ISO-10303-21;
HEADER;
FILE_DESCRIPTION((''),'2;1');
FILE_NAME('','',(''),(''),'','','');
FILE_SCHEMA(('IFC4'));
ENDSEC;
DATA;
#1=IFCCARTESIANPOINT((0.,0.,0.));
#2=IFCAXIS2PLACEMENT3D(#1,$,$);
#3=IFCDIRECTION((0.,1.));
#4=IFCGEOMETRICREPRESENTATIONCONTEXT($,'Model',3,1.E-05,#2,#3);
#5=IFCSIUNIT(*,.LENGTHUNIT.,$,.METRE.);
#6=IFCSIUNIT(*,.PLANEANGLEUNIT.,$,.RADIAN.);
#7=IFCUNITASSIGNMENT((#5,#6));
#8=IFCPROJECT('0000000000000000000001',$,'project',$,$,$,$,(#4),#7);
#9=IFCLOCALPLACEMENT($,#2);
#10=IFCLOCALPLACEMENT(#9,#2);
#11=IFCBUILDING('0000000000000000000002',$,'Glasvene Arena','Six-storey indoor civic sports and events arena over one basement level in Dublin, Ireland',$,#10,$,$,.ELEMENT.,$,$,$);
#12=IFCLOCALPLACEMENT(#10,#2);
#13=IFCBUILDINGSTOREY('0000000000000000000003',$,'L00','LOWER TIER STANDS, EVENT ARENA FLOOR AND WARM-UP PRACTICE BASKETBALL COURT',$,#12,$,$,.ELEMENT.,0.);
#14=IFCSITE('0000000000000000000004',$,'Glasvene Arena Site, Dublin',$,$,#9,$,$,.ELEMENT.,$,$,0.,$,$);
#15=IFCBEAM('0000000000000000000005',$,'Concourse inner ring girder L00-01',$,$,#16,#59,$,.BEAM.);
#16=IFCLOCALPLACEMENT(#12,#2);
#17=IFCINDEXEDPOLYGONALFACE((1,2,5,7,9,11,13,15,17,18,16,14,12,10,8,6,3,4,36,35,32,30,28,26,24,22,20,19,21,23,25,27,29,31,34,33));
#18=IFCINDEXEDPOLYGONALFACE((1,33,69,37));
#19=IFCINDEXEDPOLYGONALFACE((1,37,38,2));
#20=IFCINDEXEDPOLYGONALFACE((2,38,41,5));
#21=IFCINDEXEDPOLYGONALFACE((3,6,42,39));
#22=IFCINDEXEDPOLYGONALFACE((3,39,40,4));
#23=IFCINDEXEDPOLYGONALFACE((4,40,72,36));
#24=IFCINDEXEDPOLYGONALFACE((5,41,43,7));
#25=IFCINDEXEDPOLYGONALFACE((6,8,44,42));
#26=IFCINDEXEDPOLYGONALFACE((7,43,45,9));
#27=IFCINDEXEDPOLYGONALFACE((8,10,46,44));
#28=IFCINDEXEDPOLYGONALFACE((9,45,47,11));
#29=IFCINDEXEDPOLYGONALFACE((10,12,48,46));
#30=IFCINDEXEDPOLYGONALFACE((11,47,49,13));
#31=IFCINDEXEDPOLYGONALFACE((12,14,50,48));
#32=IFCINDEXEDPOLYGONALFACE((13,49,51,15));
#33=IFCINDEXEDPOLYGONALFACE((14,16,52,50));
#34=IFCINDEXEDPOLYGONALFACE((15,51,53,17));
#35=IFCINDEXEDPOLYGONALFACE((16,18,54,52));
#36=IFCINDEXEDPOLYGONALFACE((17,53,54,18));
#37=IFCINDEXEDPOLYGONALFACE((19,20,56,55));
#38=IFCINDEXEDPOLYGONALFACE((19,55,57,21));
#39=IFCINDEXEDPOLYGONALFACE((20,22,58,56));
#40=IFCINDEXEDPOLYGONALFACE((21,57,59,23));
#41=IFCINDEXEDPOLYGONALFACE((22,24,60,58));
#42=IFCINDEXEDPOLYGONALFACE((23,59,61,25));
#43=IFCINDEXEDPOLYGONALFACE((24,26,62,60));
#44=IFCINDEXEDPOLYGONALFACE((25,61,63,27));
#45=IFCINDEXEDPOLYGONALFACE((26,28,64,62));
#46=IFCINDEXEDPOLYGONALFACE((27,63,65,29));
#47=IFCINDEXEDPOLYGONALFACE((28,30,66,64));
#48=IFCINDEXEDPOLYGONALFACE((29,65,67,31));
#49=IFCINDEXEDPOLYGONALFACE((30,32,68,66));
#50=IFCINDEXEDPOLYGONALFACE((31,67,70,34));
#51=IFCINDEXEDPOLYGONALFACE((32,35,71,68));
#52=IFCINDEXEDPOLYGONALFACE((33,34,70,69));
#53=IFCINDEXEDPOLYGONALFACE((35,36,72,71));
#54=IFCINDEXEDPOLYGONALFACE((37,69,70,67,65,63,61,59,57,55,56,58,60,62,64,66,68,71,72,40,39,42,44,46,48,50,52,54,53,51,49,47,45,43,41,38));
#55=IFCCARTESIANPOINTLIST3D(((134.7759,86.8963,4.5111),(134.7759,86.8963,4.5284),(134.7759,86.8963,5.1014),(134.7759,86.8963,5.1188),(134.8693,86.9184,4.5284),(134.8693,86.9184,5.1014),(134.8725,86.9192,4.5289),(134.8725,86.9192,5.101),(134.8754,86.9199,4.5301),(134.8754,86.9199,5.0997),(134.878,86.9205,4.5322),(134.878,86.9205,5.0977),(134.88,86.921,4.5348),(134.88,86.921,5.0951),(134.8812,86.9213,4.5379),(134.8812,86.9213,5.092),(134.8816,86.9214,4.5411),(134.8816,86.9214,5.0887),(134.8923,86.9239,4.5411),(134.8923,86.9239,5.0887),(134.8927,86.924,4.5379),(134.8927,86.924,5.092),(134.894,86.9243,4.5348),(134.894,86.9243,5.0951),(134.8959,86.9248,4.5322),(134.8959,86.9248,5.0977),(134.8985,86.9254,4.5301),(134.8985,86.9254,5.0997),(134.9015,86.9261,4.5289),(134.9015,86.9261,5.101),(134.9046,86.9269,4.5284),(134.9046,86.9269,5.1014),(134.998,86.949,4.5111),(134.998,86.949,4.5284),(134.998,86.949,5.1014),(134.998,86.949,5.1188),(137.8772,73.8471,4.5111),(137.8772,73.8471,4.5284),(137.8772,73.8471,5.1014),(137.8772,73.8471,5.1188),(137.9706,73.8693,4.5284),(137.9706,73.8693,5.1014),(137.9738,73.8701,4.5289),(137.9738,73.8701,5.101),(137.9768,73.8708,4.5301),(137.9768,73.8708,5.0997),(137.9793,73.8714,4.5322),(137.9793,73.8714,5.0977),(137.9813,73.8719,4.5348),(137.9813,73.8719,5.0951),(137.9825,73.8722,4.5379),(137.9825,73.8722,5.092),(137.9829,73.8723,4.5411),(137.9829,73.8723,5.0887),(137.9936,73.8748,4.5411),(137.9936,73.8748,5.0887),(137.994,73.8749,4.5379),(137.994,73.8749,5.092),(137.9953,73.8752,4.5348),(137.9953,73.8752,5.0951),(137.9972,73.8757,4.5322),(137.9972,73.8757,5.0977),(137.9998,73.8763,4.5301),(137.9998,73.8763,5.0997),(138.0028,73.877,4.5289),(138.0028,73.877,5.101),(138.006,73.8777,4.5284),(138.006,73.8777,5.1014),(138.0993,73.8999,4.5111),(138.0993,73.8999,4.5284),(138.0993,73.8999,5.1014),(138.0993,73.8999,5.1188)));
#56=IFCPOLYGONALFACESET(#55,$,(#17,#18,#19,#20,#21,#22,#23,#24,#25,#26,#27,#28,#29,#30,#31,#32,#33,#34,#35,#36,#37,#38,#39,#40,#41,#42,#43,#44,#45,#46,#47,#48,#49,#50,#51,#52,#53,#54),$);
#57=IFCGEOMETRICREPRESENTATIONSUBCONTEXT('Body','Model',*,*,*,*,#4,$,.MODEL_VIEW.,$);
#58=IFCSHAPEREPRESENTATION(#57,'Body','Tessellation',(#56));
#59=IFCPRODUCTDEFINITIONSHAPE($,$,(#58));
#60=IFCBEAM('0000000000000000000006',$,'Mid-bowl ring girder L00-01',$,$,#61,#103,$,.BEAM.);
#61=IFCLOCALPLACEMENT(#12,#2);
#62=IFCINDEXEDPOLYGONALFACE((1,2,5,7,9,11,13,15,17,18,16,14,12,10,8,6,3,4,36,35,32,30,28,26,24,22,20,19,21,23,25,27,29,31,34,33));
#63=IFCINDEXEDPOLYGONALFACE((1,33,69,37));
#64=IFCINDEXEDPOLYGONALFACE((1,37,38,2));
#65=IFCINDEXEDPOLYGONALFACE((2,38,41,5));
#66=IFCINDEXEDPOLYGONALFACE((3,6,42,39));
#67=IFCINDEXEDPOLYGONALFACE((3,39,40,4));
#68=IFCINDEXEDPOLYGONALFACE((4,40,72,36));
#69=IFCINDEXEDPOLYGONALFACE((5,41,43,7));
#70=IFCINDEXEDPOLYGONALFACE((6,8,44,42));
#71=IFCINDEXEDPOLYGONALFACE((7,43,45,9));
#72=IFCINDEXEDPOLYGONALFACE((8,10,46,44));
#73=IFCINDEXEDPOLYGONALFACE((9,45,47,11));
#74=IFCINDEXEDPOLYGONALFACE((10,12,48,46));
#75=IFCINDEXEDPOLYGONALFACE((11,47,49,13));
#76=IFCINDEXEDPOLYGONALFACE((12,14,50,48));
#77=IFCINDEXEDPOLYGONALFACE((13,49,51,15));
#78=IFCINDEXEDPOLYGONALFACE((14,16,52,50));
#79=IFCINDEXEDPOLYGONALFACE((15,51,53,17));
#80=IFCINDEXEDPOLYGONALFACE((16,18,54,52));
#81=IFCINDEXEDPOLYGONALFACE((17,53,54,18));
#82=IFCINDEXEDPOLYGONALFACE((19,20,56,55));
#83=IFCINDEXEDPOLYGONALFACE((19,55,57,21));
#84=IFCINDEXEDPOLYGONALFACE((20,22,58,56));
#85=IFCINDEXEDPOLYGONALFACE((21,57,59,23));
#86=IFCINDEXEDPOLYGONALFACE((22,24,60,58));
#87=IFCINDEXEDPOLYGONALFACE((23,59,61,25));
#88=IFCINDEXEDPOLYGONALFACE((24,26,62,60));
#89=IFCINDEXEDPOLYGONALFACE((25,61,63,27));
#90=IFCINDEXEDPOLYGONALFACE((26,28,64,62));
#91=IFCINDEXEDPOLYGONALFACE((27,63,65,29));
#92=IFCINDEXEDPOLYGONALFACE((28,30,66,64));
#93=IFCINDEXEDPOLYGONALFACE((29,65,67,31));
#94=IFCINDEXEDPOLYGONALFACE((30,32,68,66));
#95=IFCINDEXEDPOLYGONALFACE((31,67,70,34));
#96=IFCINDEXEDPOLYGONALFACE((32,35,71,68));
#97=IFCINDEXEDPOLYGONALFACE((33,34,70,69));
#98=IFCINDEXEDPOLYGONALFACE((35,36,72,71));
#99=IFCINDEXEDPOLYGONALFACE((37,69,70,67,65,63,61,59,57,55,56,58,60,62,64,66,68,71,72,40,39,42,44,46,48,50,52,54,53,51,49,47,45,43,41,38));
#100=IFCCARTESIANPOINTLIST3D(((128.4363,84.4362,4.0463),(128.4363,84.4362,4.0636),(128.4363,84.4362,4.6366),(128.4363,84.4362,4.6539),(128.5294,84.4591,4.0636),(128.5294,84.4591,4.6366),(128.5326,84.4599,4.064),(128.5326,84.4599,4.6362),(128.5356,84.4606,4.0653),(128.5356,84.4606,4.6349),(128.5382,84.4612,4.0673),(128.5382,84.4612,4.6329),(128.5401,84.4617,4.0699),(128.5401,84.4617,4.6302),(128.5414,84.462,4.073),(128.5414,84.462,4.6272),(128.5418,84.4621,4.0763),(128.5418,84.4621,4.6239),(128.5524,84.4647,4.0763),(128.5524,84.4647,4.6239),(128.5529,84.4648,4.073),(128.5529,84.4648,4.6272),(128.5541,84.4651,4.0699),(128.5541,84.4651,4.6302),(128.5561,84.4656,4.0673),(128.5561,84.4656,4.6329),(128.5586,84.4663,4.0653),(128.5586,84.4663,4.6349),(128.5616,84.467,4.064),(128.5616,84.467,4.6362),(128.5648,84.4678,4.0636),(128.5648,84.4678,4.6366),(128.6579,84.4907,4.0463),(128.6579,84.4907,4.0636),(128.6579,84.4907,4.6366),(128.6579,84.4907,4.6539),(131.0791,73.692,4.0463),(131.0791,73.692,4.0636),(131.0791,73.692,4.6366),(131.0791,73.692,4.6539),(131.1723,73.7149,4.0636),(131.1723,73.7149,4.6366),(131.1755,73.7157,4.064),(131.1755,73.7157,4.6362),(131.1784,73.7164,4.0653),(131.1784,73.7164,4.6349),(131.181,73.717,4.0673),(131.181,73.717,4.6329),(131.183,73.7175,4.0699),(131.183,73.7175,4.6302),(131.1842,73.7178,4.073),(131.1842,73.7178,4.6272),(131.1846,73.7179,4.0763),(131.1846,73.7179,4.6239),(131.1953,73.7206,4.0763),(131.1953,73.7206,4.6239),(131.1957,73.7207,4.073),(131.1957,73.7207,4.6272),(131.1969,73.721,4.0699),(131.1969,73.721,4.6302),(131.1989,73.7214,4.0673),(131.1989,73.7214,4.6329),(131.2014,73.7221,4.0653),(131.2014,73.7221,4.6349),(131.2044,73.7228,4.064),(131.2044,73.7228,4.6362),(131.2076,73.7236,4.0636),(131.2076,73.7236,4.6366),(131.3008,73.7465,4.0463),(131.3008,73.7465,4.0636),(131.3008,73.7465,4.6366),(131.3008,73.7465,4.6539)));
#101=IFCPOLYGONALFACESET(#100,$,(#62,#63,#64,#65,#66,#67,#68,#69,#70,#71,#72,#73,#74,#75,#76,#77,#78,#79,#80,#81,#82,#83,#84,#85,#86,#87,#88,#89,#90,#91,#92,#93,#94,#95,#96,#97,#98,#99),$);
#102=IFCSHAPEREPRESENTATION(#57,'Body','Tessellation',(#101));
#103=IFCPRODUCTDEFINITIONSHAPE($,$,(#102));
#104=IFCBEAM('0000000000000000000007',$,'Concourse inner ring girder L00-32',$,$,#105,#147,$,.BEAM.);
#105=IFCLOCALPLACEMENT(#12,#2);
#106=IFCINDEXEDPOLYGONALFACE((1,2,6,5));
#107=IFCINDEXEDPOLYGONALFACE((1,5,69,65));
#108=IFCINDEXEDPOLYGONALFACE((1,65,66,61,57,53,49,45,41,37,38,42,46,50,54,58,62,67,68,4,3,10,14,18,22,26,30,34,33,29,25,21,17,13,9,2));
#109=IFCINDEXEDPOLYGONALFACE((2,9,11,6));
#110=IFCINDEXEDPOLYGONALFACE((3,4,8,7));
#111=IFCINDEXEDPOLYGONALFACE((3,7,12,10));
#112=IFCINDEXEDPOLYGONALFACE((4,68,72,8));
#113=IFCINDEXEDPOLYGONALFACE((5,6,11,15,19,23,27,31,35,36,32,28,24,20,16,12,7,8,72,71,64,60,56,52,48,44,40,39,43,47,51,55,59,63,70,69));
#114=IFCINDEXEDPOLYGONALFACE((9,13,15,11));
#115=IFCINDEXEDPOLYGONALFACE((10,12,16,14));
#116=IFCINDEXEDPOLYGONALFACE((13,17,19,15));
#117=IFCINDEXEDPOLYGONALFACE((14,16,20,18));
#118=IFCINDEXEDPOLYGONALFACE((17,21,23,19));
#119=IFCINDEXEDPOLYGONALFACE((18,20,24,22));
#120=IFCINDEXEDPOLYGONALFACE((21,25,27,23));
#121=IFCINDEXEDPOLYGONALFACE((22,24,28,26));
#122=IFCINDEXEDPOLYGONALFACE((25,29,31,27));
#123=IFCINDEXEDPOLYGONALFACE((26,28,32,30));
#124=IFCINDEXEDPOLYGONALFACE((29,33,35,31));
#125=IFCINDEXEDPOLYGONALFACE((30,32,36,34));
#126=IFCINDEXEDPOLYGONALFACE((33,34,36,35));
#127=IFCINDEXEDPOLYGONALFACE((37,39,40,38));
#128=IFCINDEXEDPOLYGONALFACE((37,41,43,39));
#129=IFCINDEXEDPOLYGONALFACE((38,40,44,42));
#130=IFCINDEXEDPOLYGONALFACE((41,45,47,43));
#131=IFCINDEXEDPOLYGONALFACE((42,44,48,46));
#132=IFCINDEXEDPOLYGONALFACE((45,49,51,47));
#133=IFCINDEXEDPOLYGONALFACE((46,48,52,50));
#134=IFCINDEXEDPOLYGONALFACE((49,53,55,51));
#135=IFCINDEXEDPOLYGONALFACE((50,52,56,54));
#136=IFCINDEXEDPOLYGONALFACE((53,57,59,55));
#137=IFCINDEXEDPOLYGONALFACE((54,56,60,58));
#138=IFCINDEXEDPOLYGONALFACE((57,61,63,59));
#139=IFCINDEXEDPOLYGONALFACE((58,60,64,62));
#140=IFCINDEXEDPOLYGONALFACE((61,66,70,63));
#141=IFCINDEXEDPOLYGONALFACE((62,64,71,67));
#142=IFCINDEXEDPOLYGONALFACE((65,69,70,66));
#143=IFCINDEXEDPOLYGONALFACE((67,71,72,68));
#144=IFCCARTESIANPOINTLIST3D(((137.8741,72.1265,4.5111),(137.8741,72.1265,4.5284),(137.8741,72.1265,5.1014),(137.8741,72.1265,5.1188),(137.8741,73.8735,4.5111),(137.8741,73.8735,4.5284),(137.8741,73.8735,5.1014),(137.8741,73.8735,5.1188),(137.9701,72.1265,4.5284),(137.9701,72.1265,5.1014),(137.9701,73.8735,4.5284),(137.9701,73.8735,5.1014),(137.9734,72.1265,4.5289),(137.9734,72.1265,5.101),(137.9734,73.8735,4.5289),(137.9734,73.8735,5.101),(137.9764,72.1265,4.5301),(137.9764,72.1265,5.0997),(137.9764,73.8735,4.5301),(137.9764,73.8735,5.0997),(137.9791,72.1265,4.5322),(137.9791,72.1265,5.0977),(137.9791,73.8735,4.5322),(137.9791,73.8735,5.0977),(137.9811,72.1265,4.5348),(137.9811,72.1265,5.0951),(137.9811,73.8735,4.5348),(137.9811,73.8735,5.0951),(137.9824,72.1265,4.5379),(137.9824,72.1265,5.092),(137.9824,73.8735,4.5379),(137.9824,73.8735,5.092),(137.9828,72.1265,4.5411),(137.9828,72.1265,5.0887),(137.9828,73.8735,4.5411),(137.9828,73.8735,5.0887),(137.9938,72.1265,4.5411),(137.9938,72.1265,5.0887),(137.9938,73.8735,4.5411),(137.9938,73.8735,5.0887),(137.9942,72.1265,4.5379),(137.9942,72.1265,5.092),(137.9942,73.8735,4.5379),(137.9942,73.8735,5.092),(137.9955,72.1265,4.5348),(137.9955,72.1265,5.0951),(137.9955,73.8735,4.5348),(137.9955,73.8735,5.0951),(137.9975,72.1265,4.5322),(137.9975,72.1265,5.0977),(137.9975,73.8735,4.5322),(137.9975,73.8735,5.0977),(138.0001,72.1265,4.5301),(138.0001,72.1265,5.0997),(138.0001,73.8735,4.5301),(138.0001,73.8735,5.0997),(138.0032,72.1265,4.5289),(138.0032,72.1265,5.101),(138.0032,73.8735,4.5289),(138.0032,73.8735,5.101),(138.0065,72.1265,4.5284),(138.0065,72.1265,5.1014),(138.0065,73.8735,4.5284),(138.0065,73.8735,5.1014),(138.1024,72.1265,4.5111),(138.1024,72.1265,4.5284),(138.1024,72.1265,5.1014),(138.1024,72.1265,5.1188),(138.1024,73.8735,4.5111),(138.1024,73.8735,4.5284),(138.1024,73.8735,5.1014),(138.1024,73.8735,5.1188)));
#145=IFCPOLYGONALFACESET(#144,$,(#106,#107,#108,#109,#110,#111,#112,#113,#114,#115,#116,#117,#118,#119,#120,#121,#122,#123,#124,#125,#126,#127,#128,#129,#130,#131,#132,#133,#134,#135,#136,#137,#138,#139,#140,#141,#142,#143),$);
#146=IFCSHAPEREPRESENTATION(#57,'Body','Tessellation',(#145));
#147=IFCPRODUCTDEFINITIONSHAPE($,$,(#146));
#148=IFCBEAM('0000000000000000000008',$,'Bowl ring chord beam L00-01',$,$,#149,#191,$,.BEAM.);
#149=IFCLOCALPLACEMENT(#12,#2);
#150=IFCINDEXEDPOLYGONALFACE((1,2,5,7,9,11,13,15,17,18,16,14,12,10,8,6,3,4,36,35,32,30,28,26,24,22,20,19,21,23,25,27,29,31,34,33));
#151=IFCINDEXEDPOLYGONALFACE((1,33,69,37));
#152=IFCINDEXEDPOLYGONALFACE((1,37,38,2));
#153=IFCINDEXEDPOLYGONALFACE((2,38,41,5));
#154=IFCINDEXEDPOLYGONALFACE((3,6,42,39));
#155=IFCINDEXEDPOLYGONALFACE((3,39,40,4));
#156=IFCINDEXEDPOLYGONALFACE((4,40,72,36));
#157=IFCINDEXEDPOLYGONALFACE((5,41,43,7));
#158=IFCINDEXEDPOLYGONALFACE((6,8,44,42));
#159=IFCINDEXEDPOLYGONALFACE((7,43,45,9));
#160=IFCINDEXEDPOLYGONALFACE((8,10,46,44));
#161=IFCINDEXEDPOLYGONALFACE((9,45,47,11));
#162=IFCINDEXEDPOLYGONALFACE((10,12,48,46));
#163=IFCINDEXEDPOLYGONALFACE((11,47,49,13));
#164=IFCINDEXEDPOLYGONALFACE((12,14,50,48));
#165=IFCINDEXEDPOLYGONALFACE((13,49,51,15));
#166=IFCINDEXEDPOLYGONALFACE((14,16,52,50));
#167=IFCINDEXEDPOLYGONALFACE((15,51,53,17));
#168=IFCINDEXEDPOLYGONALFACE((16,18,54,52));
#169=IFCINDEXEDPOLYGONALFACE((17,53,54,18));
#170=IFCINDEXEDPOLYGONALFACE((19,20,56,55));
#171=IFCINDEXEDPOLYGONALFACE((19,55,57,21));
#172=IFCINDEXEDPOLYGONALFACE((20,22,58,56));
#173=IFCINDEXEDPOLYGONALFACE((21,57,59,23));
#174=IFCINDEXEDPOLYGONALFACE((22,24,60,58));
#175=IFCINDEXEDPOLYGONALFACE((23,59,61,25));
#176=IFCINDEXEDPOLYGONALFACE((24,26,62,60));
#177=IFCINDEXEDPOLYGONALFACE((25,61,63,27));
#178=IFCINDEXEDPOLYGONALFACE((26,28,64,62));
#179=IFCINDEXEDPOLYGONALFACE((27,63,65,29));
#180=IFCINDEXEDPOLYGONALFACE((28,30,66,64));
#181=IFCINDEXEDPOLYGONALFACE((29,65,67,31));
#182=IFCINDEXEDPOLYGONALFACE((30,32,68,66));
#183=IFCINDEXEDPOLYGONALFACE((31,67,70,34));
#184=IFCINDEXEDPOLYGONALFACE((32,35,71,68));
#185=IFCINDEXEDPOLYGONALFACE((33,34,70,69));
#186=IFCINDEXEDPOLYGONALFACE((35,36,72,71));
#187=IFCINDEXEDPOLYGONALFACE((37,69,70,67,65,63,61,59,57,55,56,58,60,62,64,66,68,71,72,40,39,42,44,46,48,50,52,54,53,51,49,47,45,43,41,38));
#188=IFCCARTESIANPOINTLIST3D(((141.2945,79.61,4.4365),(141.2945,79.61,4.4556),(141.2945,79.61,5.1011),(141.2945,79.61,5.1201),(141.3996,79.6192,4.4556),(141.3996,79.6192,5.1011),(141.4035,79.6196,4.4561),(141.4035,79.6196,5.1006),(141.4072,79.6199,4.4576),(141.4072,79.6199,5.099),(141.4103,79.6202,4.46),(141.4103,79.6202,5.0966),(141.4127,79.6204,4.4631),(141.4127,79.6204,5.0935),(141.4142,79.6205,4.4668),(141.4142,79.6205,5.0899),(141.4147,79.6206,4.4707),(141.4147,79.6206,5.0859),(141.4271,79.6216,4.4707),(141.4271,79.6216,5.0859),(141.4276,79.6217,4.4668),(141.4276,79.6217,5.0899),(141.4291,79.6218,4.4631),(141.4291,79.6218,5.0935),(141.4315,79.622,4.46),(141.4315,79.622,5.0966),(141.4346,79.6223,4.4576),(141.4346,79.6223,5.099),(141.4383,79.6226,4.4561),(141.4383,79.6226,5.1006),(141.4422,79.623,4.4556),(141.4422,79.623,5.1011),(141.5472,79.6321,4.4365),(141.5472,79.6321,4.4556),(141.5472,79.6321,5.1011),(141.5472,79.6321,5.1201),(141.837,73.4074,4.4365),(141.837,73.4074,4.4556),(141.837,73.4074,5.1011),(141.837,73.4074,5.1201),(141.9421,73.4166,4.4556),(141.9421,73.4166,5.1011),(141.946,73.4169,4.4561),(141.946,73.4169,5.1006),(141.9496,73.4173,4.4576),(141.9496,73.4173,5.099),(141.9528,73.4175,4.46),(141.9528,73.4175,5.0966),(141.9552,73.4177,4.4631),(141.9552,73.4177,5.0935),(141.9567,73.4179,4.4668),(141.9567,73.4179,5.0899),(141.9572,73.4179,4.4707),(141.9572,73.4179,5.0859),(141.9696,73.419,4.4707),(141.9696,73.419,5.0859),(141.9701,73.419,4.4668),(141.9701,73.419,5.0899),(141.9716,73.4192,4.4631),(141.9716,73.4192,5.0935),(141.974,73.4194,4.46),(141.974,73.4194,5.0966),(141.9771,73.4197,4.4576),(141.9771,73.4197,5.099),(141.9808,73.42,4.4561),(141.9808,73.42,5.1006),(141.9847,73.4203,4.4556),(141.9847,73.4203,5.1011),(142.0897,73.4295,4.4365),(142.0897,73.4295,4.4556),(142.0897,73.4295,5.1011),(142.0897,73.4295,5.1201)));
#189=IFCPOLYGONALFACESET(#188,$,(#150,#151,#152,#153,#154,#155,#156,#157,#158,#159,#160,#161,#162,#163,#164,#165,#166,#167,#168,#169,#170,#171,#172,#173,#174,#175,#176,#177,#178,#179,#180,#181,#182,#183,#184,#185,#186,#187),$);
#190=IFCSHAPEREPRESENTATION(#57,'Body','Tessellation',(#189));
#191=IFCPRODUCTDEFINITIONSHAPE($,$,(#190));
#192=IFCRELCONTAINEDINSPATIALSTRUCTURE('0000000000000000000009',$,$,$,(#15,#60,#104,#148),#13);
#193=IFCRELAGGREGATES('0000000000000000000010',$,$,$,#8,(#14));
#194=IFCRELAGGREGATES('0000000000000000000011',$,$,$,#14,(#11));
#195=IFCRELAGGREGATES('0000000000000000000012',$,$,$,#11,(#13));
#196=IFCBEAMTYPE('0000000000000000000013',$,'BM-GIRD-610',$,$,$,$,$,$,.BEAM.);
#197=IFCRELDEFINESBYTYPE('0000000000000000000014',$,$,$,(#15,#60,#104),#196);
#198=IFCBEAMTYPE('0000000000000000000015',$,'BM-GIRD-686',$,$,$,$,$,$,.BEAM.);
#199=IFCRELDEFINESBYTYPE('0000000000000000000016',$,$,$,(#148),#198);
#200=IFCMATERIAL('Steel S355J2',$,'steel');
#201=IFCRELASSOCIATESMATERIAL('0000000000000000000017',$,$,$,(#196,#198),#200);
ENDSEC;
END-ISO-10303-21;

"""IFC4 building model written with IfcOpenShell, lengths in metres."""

from ifc_helpers import new_model, si_unit, direction, frame, origin, origin_2d, place, context, subcontext, project, spatial, i_section, extrude, material, material_profile, profile_set, type_object, element, save


model = new_model("IFC4")

# Units and contexts
model_context = context("Model", 3, precision=1e-05, world=origin(), true_north=direction((0.0, 1.0)))
body_context = subcontext(model_context, "Body", "Model", "MODEL_VIEW")
ifc_project = project(units=[si_unit("LENGTHUNIT", "METRE"), si_unit("PLANEANGLEUNIT", "RADIAN")], contexts=[model_context])

# Site, building, storey
site_placement = place(None, origin())
site = spatial("IfcSite", under=ifc_project, at=site_placement, Name="Glasvene Arena Site, Dublin", CompositionType="ELEMENT", RefElevation=0.0)
building_placement = place(site_placement, origin())
building = spatial("IfcBuilding", under=site, at=building_placement, Name="Glasvene Arena", Description="Six-storey indoor civic sports and events arena over one basement level in Dublin, Ireland", CompositionType="ELEMENT")
storey_placement = place(building_placement, origin())
storey = spatial("IfcBuildingStorey", under=building, at=storey_placement, Name="L00", Description="LOWER TIER STANDS, EVENT ARENA FLOOR AND WARM-UP PRACTICE BASKETBALL COURT", CompositionType="ELEMENT", Elevation=0.0)

# Shared definitions
ifc_material_1 = material(Name="Steel S355J2", Category="steel")

# Beams
ifc_material_profile_1 = material_profile(ifc_material_1, i_section(OverallWidth=0.2283, OverallDepth=0.6077, WebThickness=0.011, FlangeThickness=0.0173, FilletRadius=0.0127, at=origin_2d()), Name="UKB 610x229x113")
ifc_profile_set_1 = profile_set([ifc_material_profile_1], Name="Steel S355J2")
beam_type_1 = type_object("IfcBeamType", Name="BM-GIRD-610", PredefinedType="BEAM", material=ifc_profile_set_1)
beam_1_placement = place(storey_placement, frame((137.9883, 73.8735, 4.8149), z_axis=(-0.231225, 0.9729, 0.0), x_axis=(-0.9729, -0.231225, 0.0)))
element("IfcBeam", 1, at=beam_1_placement, inside=storey, type_object=beam_type_1, Name="Concourse inner ring girder L00-01", PredefinedType="BEAM", context=body_context, shape_type="SweptSolid", body=[
    extrude(i_section(OverallWidth=0.2283, OverallDepth=0.6077, WebThickness=0.011, FlangeThickness=0.0173, FilletRadius=0.0127, at=origin_2d()), origin(), (0.0, 0.0, 1.0), 13.4126),
])
beam_2_placement = place(storey_placement, frame((131.1899, 73.7192, 4.3501), z_axis=(-0.238858, 0.971054, 0.0), x_axis=(-0.971054, -0.238858, 0.0)))
element("IfcBeam", 2, at=beam_2_placement, inside=storey, type_object=beam_type_1, Name="Mid-bowl ring girder L00-01", PredefinedType="BEAM", context=body_context, shape_type="SweptSolid", body=[
    extrude(i_section(OverallWidth=0.2283, OverallDepth=0.6077, WebThickness=0.011, FlangeThickness=0.0173, FilletRadius=0.0127, at=origin_2d()), origin(), (0.0, 0.0, 1.0), 11.0645),
])
beam_3_placement = place(storey_placement, frame((137.9883, 72.1265, 4.8149), z_axis=(0.0, 1.0, 0.0), x_axis=(-1.0, 0.0, 0.0)))
element("IfcBeam", 3, at=beam_3_placement, inside=storey, type_object=beam_type_1, Name="Concourse inner ring girder L00-32", PredefinedType="BEAM", context=body_context, shape_type="SweptSolid", body=[
    extrude(i_section(OverallWidth=0.2283, OverallDepth=0.6077, WebThickness=0.011, FlangeThickness=0.0173, FilletRadius=0.0127, at=origin_2d()), origin(), (0.0, 0.0, 1.0), 1.7471),
])
ifc_material_profile_2 = material_profile(ifc_material_1, i_section(OverallWidth=0.2537, OverallDepth=0.6836, WebThickness=0.0125, FlangeThickness=0.019, FilletRadius=0.0151, at=origin_2d()), Name="UKB 686x254x140")
ifc_profile_set_2 = profile_set([ifc_material_profile_2], Name="Steel S355J2")
beam_type_2 = type_object("IfcBeamType", Name="BM-GIRD-686", PredefinedType="BEAM", material=ifc_profile_set_2)
for number, where, z_axis, x_axis, name in (
    (4, (141.9634, 73.4185, 4.7783), (-0.087127, 0.996197, 0.0), (-0.996197, -0.087127, 0.0), "Bowl ring chord beam L00-01"),
):
    element("IfcBeam", number, at=place(storey_placement, frame(where, z_axis=z_axis, x_axis=x_axis)), inside=storey, type_object=beam_type_2, Name=name, PredefinedType="BEAM", context=body_context, shape_type="SweptSolid", body=[
        extrude(i_section(OverallWidth=0.2537, OverallDepth=0.6836, WebThickness=0.0125, FlangeThickness=0.019, FilletRadius=0.0151, at=origin_2d()), origin(), (0.0, 0.0, 1.0), 6.2263),
    ])

save(model, "model.ifc")
